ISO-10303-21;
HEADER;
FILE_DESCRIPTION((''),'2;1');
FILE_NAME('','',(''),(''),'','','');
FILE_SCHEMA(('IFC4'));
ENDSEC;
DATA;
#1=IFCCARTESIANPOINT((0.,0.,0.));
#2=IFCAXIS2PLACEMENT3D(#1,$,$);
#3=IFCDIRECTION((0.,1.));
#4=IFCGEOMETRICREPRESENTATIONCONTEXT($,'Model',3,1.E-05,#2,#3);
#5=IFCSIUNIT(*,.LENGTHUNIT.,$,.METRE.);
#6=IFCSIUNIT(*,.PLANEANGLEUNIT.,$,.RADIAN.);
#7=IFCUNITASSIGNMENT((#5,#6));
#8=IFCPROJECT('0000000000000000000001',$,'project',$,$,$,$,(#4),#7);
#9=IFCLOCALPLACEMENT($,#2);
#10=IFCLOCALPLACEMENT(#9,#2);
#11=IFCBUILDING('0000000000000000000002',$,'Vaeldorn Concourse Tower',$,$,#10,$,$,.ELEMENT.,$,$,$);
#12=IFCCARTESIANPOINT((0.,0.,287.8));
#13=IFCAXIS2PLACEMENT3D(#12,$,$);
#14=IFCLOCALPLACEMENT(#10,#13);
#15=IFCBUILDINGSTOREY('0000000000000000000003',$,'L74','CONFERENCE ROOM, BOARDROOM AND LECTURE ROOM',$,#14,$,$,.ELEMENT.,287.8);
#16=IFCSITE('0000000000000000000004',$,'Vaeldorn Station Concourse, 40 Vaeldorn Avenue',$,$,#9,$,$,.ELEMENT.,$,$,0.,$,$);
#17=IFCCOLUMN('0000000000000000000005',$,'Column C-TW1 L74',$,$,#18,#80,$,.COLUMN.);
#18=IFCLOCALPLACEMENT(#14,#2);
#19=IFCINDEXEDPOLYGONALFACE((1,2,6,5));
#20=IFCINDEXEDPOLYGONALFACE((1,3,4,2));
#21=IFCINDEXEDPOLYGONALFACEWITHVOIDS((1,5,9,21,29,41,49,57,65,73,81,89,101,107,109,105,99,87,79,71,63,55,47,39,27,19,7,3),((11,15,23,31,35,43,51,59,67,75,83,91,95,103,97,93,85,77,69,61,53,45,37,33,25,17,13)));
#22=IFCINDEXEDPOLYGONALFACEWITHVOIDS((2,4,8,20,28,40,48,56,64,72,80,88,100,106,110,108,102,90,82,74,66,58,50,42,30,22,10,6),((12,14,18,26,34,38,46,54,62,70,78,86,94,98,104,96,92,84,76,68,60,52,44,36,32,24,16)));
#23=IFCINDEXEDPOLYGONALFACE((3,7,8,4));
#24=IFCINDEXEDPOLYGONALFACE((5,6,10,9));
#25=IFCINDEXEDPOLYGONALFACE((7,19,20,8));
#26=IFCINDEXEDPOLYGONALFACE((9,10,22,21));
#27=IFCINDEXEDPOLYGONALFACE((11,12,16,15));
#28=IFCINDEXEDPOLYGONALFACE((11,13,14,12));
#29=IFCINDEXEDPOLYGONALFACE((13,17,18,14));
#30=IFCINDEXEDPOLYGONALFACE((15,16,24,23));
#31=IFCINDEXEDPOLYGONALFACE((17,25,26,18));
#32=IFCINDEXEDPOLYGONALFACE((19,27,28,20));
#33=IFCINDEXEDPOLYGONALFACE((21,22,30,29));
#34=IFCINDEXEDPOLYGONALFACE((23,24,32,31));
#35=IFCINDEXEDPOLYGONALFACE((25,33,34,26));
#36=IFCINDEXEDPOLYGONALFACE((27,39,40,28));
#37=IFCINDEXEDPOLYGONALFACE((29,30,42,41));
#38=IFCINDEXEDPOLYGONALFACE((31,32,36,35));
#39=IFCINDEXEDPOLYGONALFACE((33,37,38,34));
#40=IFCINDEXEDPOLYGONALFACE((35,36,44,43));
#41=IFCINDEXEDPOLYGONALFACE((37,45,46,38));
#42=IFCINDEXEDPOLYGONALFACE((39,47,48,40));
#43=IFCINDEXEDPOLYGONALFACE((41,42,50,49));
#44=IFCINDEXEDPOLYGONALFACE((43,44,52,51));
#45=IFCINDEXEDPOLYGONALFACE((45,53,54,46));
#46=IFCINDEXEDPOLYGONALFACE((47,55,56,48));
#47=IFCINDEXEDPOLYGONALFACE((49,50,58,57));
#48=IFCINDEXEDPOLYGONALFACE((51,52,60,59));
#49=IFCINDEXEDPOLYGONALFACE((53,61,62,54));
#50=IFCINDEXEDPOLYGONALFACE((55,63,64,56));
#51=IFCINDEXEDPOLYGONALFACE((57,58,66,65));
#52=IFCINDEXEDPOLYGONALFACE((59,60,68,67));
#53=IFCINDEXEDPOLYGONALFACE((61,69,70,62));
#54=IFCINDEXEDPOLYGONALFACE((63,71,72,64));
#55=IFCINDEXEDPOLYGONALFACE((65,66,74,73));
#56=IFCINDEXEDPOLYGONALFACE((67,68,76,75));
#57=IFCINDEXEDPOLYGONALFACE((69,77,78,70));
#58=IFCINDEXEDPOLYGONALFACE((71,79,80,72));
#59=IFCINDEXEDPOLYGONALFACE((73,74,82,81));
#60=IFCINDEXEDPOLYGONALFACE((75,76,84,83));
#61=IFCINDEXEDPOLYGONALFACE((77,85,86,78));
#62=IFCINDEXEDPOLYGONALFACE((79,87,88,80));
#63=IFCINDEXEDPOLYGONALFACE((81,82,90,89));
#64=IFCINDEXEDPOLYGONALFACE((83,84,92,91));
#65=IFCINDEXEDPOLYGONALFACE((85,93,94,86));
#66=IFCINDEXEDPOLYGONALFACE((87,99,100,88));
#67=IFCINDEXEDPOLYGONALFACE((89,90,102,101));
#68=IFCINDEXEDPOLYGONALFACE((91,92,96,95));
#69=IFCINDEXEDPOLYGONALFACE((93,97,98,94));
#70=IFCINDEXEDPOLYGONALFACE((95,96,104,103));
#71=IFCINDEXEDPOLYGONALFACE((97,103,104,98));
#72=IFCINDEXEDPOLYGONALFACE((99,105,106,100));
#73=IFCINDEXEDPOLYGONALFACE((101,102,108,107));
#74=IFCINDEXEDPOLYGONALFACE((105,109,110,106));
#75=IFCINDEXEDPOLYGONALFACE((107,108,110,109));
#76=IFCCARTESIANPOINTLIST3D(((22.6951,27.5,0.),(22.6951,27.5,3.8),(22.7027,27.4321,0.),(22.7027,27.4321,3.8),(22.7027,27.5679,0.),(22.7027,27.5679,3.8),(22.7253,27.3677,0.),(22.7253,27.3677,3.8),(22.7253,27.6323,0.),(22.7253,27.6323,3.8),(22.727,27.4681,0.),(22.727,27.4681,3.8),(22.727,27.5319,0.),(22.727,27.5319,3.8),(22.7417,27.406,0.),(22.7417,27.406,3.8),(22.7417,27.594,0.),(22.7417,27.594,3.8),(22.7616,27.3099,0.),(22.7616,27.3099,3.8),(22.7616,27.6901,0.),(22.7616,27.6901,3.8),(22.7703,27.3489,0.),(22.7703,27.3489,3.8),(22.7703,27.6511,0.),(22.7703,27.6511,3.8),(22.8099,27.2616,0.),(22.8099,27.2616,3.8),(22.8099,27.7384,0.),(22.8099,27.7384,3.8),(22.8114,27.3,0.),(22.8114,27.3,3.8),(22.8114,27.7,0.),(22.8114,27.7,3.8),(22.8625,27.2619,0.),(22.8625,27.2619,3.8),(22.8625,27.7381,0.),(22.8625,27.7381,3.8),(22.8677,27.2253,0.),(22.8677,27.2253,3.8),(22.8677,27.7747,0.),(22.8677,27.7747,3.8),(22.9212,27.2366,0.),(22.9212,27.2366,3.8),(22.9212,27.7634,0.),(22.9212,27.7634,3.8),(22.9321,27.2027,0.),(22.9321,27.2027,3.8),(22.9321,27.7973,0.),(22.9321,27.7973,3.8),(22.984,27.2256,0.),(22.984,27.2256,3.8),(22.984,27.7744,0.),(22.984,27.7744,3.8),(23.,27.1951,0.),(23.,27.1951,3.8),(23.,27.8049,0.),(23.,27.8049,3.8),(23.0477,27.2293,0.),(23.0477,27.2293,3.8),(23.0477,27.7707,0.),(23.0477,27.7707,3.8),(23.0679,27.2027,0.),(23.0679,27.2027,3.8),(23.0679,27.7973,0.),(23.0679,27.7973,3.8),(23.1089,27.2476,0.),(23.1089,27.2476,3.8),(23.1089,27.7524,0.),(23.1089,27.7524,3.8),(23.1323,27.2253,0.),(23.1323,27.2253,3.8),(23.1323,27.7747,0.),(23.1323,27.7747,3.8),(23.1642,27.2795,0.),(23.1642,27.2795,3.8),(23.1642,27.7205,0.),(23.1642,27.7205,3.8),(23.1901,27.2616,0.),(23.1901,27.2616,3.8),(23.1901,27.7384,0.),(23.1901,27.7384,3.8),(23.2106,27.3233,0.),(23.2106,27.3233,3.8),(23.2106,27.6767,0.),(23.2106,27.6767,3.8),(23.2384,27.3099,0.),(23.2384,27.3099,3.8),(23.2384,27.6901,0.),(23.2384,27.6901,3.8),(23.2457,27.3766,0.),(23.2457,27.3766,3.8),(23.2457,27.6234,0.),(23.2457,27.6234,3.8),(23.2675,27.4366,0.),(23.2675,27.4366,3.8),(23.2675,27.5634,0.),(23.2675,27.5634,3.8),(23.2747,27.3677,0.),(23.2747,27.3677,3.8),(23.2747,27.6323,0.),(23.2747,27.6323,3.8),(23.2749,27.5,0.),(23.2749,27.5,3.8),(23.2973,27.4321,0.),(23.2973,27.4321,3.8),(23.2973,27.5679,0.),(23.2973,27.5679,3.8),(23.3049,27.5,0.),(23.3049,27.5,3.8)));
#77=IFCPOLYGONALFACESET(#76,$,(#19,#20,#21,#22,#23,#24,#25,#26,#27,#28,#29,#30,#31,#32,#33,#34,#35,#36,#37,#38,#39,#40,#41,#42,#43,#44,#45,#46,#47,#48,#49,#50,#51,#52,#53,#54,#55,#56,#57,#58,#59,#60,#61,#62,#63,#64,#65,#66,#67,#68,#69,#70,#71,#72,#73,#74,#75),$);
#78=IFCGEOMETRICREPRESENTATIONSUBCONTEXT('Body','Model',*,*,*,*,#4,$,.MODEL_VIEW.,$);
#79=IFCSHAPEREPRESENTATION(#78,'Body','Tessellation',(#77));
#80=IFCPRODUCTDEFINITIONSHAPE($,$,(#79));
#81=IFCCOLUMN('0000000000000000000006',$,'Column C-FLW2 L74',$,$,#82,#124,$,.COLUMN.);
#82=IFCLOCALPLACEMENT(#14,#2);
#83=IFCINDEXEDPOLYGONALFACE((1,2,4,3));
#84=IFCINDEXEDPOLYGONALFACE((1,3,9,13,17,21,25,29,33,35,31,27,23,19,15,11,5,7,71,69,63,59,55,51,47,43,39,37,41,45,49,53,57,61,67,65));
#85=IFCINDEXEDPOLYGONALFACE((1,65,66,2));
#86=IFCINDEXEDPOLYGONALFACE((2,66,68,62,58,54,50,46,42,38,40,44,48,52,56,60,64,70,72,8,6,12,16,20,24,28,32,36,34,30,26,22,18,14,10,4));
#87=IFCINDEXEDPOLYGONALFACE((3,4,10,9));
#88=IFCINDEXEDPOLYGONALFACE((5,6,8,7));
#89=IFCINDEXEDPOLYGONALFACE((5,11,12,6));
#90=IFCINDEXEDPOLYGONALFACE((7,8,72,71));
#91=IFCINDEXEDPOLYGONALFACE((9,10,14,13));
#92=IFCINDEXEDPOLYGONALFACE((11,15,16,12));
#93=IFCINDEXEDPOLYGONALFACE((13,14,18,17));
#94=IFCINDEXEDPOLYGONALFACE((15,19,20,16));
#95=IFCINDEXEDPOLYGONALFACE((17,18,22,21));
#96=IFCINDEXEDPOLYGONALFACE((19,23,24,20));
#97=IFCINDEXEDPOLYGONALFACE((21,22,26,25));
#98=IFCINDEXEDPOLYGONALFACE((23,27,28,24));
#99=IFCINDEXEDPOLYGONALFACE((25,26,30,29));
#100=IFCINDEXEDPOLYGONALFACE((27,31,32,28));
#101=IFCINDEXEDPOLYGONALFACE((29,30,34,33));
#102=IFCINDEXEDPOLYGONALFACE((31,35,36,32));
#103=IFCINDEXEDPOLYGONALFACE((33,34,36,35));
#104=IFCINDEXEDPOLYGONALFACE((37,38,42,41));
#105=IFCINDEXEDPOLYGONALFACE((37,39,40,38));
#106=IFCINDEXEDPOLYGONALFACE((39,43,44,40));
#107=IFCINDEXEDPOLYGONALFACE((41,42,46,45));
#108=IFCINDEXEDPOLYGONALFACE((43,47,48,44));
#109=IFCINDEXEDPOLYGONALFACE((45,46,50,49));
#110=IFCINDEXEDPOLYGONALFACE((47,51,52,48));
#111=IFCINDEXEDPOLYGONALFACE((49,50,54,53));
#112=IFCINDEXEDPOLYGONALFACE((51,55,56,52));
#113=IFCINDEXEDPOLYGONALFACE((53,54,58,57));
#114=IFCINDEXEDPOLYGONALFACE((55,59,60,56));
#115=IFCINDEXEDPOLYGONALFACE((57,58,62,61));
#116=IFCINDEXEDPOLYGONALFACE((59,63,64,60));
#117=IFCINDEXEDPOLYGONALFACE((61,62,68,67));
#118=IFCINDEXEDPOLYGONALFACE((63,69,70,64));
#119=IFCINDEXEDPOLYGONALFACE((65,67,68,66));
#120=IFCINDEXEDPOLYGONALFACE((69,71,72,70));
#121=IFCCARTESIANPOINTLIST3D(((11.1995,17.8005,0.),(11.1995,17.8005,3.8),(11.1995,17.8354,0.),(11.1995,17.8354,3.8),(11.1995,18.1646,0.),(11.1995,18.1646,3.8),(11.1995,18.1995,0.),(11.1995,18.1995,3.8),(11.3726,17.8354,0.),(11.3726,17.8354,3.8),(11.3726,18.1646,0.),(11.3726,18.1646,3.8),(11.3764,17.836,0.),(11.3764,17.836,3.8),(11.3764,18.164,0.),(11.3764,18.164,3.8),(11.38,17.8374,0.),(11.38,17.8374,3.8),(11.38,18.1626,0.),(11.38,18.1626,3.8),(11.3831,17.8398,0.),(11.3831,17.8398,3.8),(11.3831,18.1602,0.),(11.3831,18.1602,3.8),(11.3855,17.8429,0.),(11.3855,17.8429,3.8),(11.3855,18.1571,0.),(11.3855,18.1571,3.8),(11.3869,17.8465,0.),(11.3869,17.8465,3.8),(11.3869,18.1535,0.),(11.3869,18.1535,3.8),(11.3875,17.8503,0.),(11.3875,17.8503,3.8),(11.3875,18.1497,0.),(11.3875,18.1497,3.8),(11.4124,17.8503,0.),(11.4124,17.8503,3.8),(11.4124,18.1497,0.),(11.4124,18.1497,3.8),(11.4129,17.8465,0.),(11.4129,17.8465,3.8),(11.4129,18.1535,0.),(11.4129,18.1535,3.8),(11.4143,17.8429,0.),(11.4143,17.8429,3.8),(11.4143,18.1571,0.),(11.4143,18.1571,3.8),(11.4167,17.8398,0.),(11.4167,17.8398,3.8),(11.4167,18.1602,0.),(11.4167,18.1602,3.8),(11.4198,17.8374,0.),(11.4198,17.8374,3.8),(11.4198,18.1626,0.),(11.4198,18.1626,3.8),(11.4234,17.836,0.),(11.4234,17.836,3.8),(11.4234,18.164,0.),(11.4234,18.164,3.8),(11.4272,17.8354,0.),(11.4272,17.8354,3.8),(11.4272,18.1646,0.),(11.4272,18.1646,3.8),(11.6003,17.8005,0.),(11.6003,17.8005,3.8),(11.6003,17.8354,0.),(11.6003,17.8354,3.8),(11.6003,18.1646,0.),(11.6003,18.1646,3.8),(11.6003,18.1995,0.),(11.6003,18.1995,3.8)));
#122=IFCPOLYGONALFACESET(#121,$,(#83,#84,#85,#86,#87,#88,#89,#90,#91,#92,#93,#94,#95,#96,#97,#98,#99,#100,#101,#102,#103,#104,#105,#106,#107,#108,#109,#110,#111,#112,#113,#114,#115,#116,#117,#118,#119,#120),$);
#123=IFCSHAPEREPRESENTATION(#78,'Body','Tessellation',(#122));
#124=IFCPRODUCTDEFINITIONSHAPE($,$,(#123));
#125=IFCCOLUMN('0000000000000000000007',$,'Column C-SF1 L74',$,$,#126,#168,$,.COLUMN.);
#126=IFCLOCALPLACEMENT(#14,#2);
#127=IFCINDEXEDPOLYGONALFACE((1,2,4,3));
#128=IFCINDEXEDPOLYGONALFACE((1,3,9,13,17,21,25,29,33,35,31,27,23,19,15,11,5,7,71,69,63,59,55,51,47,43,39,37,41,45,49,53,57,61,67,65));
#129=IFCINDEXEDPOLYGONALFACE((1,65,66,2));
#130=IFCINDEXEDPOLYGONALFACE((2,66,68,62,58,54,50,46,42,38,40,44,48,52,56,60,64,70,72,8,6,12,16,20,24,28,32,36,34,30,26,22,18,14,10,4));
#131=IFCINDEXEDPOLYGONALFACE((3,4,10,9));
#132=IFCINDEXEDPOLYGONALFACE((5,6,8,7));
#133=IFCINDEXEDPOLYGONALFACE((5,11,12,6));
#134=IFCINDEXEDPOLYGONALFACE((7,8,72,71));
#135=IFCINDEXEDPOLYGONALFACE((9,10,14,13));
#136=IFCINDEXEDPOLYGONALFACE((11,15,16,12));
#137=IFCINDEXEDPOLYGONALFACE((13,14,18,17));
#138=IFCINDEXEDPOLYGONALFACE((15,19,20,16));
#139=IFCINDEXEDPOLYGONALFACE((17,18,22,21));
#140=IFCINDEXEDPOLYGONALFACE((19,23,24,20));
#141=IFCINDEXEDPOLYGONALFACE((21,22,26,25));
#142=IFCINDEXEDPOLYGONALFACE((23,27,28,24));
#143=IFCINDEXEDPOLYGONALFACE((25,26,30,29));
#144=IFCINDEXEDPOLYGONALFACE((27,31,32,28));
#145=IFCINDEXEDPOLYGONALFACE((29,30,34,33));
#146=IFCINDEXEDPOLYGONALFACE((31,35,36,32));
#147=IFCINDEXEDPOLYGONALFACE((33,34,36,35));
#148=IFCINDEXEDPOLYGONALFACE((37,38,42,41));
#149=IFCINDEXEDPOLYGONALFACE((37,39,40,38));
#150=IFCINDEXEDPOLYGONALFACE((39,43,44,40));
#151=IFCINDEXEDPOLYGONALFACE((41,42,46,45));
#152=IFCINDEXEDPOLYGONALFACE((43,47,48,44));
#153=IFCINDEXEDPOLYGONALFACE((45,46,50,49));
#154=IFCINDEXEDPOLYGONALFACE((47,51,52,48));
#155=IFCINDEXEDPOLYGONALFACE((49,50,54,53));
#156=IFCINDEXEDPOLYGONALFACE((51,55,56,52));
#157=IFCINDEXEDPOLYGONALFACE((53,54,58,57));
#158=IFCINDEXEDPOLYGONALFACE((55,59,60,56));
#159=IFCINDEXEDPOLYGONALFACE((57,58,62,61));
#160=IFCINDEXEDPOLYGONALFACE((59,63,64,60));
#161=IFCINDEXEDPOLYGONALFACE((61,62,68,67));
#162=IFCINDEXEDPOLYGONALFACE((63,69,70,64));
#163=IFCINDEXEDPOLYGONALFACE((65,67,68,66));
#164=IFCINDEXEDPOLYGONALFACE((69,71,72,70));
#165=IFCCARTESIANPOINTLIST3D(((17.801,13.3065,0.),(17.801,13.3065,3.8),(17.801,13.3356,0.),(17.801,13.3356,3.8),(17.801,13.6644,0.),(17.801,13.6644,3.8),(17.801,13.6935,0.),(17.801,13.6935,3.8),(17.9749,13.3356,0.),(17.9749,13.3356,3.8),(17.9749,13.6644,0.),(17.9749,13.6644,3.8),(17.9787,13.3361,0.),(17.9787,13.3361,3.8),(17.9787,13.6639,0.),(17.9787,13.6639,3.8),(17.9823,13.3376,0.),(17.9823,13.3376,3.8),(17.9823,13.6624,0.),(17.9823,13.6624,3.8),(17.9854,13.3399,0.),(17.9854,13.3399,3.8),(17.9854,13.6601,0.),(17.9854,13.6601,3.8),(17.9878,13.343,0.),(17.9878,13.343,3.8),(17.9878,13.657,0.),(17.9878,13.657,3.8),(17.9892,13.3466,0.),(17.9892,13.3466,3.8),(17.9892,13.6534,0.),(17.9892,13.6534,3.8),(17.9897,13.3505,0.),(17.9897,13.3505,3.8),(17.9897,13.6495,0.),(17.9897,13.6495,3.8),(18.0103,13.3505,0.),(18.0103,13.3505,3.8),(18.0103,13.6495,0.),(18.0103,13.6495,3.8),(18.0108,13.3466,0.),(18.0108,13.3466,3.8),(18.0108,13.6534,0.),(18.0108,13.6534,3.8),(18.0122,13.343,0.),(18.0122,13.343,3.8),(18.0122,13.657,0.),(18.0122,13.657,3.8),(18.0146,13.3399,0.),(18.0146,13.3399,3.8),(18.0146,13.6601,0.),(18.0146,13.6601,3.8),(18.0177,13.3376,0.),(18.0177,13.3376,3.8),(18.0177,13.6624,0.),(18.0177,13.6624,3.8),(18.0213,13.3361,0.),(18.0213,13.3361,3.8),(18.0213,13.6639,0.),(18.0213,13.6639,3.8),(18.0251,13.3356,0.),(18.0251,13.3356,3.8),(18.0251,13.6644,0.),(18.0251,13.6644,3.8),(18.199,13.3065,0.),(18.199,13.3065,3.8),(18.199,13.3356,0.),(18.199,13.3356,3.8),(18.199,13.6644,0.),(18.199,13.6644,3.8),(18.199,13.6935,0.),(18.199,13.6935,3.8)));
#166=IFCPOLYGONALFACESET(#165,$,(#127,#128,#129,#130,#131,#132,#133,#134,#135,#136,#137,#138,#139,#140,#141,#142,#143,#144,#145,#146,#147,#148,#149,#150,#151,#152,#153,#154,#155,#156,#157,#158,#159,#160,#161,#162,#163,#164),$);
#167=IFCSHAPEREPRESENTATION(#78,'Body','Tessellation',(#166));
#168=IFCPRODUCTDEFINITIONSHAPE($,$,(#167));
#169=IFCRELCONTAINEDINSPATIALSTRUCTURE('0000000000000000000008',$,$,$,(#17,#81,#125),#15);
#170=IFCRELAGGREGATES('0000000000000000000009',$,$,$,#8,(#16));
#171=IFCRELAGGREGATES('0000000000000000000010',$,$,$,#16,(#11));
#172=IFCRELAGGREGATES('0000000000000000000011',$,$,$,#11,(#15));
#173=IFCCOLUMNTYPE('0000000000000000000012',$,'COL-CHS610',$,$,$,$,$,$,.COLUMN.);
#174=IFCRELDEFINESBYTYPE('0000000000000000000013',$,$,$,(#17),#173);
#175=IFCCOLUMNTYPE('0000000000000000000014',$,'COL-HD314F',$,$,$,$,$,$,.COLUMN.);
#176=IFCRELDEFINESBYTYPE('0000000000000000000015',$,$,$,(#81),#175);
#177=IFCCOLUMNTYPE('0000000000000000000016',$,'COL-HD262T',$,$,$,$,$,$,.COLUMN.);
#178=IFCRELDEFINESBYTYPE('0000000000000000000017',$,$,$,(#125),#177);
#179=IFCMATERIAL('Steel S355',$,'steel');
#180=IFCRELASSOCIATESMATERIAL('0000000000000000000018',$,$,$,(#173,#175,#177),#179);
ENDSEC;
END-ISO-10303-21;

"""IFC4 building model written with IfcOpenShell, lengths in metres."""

from ifc_helpers import new_model, si_unit, direction, frame, origin, origin_2d, place, context, subcontext, project, spatial, hollow_circle, i_section, extrude, source, transform, mapped, material, material_profile, profile_set, type_object, element, save


model = new_model("IFC4")

# Units and contexts
model_context = context("Model", 3, precision=1e-05, world=origin(), true_north=direction((0.0, 1.0)))
body_context = subcontext(model_context, "Body", "Model", "MODEL_VIEW")
ifc_project = project(units=[si_unit("LENGTHUNIT", "METRE"), si_unit("PLANEANGLEUNIT", "RADIAN")], contexts=[model_context])

# Site, building, storey
site_placement = place(None, origin())
site = spatial("IfcSite", under=ifc_project, at=site_placement, Name="Vaeldorn Station Concourse, 40 Vaeldorn Avenue", CompositionType="ELEMENT", RefElevation=0.0)
building_placement = place(site_placement, origin())
building = spatial("IfcBuilding", under=site, at=building_placement, Name="Vaeldorn Concourse Tower", CompositionType="ELEMENT")
storey_placement = place(building_placement, frame((0.0, 0.0, 287.8)))
storey = spatial("IfcBuildingStorey", under=building, at=storey_placement, Name="L74", Description="CONFERENCE ROOM, BOARDROOM AND LECTURE ROOM", CompositionType="ELEMENT", Elevation=287.8)

# Columns
ifc_material_1 = material(Name="Steel S355", Category="steel")
ifc_material_profile_1 = material_profile(ifc_material_1, hollow_circle(Radius=0.3049, WallThickness=0.03, at=origin_2d()), Name="CHS 610x30")
ifc_profile_set_1 = profile_set([ifc_material_profile_1], Name="Steel S355")
column_type_1 = type_object("IfcColumnType", Name="COL-CHS610", PredefinedType="COLUMN", material=ifc_profile_set_1)
shared_shape_1 = source(origin(), body_context, "Body", "SweptSolid", [
    extrude(hollow_circle(Radius=0.3049, WallThickness=0.03, at=origin_2d()), origin(), (0.0, 0.0, 1.0), 3.8),
])
column_1_placement = place(storey_placement, frame((23.0, 27.5, 0.0), z_axis=(0.0, 0.0, 1.0), x_axis=(1.0, 0.0, 0.0)))
element("IfcColumn", 1, at=column_1_placement, inside=storey, type_object=column_type_1, Name="Column C-TW1 L74", PredefinedType="COLUMN", context=body_context, shape_type="MappedRepresentation", body=[
    mapped(shared_shape_1, transform((0.0, 0.0, 0.0), scale=1.0)),
])
ifc_material_profile_2 = material_profile(ifc_material_1, i_section(OverallWidth=0.4009, OverallDepth=0.3989, WebThickness=0.0249, FlangeThickness=0.0349, FilletRadius=0.0149, at=origin_2d()), Name="HD 400x314")
ifc_profile_set_2 = profile_set([ifc_material_profile_2], Name="Steel S355")
column_type_2 = type_object("IfcColumnType", Name="COL-HD314F", PredefinedType="COLUMN", material=ifc_profile_set_2)
shared_shape_2 = source(origin(), body_context, "Body", "SweptSolid", [
    extrude(i_section(OverallWidth=0.4009, OverallDepth=0.3989, WebThickness=0.0249, FlangeThickness=0.0349, FilletRadius=0.0149, at=origin_2d()), origin(), (0.0, 0.0, 1.0), 3.8),
])
column_2_placement = place(storey_placement, frame((11.3999, 18.0, 0.0), z_axis=(0.0, 0.0, 1.0), x_axis=(1.0, 0.0, 0.0)))
element("IfcColumn", 2, at=column_2_placement, inside=storey, type_object=column_type_2, Name="Column C-FLW2 L74", PredefinedType="COLUMN", context=body_context, shape_type="MappedRepresentation", body=[
    mapped(shared_shape_2, transform((0.0, 0.0, 0.0), scale=1.0)),
])
ifc_material_profile_3 = material_profile(ifc_material_1, i_section(OverallWidth=0.3979, OverallDepth=0.387, WebThickness=0.0205, FlangeThickness=0.0291, FilletRadius=0.0149, at=origin_2d()), Name="HD 400x262")
ifc_profile_set_3 = profile_set([ifc_material_profile_3], Name="Steel S355")
column_type_3 = type_object("IfcColumnType", Name="COL-HD262T", PredefinedType="COLUMN", material=ifc_profile_set_3)
shared_shape_3 = source(origin(), body_context, "Body", "SweptSolid", [
    extrude(i_section(OverallWidth=0.3979, OverallDepth=0.387, WebThickness=0.0205, FlangeThickness=0.0291, FilletRadius=0.0149, at=origin_2d()), origin(), (0.0, 0.0, 1.0), 3.8),
])
for number, where, z_axis, x_axis, name in (
    (3, (18.0, 13.5, 0.0), (0.0, 0.0, 1.0), (1.0, 0.0, 0.0), "Column C-SF1 L74"),
):
    element("IfcColumn", number, at=place(storey_placement, frame(where, z_axis=z_axis, x_axis=x_axis)), inside=storey, type_object=column_type_3, Name=name, PredefinedType="COLUMN", context=body_context, shape_type="MappedRepresentation", body=[
        mapped(shared_shape_3, transform((0.0, 0.0, 0.0), scale=1.0)),
    ])

save(model, "model.ifc")
